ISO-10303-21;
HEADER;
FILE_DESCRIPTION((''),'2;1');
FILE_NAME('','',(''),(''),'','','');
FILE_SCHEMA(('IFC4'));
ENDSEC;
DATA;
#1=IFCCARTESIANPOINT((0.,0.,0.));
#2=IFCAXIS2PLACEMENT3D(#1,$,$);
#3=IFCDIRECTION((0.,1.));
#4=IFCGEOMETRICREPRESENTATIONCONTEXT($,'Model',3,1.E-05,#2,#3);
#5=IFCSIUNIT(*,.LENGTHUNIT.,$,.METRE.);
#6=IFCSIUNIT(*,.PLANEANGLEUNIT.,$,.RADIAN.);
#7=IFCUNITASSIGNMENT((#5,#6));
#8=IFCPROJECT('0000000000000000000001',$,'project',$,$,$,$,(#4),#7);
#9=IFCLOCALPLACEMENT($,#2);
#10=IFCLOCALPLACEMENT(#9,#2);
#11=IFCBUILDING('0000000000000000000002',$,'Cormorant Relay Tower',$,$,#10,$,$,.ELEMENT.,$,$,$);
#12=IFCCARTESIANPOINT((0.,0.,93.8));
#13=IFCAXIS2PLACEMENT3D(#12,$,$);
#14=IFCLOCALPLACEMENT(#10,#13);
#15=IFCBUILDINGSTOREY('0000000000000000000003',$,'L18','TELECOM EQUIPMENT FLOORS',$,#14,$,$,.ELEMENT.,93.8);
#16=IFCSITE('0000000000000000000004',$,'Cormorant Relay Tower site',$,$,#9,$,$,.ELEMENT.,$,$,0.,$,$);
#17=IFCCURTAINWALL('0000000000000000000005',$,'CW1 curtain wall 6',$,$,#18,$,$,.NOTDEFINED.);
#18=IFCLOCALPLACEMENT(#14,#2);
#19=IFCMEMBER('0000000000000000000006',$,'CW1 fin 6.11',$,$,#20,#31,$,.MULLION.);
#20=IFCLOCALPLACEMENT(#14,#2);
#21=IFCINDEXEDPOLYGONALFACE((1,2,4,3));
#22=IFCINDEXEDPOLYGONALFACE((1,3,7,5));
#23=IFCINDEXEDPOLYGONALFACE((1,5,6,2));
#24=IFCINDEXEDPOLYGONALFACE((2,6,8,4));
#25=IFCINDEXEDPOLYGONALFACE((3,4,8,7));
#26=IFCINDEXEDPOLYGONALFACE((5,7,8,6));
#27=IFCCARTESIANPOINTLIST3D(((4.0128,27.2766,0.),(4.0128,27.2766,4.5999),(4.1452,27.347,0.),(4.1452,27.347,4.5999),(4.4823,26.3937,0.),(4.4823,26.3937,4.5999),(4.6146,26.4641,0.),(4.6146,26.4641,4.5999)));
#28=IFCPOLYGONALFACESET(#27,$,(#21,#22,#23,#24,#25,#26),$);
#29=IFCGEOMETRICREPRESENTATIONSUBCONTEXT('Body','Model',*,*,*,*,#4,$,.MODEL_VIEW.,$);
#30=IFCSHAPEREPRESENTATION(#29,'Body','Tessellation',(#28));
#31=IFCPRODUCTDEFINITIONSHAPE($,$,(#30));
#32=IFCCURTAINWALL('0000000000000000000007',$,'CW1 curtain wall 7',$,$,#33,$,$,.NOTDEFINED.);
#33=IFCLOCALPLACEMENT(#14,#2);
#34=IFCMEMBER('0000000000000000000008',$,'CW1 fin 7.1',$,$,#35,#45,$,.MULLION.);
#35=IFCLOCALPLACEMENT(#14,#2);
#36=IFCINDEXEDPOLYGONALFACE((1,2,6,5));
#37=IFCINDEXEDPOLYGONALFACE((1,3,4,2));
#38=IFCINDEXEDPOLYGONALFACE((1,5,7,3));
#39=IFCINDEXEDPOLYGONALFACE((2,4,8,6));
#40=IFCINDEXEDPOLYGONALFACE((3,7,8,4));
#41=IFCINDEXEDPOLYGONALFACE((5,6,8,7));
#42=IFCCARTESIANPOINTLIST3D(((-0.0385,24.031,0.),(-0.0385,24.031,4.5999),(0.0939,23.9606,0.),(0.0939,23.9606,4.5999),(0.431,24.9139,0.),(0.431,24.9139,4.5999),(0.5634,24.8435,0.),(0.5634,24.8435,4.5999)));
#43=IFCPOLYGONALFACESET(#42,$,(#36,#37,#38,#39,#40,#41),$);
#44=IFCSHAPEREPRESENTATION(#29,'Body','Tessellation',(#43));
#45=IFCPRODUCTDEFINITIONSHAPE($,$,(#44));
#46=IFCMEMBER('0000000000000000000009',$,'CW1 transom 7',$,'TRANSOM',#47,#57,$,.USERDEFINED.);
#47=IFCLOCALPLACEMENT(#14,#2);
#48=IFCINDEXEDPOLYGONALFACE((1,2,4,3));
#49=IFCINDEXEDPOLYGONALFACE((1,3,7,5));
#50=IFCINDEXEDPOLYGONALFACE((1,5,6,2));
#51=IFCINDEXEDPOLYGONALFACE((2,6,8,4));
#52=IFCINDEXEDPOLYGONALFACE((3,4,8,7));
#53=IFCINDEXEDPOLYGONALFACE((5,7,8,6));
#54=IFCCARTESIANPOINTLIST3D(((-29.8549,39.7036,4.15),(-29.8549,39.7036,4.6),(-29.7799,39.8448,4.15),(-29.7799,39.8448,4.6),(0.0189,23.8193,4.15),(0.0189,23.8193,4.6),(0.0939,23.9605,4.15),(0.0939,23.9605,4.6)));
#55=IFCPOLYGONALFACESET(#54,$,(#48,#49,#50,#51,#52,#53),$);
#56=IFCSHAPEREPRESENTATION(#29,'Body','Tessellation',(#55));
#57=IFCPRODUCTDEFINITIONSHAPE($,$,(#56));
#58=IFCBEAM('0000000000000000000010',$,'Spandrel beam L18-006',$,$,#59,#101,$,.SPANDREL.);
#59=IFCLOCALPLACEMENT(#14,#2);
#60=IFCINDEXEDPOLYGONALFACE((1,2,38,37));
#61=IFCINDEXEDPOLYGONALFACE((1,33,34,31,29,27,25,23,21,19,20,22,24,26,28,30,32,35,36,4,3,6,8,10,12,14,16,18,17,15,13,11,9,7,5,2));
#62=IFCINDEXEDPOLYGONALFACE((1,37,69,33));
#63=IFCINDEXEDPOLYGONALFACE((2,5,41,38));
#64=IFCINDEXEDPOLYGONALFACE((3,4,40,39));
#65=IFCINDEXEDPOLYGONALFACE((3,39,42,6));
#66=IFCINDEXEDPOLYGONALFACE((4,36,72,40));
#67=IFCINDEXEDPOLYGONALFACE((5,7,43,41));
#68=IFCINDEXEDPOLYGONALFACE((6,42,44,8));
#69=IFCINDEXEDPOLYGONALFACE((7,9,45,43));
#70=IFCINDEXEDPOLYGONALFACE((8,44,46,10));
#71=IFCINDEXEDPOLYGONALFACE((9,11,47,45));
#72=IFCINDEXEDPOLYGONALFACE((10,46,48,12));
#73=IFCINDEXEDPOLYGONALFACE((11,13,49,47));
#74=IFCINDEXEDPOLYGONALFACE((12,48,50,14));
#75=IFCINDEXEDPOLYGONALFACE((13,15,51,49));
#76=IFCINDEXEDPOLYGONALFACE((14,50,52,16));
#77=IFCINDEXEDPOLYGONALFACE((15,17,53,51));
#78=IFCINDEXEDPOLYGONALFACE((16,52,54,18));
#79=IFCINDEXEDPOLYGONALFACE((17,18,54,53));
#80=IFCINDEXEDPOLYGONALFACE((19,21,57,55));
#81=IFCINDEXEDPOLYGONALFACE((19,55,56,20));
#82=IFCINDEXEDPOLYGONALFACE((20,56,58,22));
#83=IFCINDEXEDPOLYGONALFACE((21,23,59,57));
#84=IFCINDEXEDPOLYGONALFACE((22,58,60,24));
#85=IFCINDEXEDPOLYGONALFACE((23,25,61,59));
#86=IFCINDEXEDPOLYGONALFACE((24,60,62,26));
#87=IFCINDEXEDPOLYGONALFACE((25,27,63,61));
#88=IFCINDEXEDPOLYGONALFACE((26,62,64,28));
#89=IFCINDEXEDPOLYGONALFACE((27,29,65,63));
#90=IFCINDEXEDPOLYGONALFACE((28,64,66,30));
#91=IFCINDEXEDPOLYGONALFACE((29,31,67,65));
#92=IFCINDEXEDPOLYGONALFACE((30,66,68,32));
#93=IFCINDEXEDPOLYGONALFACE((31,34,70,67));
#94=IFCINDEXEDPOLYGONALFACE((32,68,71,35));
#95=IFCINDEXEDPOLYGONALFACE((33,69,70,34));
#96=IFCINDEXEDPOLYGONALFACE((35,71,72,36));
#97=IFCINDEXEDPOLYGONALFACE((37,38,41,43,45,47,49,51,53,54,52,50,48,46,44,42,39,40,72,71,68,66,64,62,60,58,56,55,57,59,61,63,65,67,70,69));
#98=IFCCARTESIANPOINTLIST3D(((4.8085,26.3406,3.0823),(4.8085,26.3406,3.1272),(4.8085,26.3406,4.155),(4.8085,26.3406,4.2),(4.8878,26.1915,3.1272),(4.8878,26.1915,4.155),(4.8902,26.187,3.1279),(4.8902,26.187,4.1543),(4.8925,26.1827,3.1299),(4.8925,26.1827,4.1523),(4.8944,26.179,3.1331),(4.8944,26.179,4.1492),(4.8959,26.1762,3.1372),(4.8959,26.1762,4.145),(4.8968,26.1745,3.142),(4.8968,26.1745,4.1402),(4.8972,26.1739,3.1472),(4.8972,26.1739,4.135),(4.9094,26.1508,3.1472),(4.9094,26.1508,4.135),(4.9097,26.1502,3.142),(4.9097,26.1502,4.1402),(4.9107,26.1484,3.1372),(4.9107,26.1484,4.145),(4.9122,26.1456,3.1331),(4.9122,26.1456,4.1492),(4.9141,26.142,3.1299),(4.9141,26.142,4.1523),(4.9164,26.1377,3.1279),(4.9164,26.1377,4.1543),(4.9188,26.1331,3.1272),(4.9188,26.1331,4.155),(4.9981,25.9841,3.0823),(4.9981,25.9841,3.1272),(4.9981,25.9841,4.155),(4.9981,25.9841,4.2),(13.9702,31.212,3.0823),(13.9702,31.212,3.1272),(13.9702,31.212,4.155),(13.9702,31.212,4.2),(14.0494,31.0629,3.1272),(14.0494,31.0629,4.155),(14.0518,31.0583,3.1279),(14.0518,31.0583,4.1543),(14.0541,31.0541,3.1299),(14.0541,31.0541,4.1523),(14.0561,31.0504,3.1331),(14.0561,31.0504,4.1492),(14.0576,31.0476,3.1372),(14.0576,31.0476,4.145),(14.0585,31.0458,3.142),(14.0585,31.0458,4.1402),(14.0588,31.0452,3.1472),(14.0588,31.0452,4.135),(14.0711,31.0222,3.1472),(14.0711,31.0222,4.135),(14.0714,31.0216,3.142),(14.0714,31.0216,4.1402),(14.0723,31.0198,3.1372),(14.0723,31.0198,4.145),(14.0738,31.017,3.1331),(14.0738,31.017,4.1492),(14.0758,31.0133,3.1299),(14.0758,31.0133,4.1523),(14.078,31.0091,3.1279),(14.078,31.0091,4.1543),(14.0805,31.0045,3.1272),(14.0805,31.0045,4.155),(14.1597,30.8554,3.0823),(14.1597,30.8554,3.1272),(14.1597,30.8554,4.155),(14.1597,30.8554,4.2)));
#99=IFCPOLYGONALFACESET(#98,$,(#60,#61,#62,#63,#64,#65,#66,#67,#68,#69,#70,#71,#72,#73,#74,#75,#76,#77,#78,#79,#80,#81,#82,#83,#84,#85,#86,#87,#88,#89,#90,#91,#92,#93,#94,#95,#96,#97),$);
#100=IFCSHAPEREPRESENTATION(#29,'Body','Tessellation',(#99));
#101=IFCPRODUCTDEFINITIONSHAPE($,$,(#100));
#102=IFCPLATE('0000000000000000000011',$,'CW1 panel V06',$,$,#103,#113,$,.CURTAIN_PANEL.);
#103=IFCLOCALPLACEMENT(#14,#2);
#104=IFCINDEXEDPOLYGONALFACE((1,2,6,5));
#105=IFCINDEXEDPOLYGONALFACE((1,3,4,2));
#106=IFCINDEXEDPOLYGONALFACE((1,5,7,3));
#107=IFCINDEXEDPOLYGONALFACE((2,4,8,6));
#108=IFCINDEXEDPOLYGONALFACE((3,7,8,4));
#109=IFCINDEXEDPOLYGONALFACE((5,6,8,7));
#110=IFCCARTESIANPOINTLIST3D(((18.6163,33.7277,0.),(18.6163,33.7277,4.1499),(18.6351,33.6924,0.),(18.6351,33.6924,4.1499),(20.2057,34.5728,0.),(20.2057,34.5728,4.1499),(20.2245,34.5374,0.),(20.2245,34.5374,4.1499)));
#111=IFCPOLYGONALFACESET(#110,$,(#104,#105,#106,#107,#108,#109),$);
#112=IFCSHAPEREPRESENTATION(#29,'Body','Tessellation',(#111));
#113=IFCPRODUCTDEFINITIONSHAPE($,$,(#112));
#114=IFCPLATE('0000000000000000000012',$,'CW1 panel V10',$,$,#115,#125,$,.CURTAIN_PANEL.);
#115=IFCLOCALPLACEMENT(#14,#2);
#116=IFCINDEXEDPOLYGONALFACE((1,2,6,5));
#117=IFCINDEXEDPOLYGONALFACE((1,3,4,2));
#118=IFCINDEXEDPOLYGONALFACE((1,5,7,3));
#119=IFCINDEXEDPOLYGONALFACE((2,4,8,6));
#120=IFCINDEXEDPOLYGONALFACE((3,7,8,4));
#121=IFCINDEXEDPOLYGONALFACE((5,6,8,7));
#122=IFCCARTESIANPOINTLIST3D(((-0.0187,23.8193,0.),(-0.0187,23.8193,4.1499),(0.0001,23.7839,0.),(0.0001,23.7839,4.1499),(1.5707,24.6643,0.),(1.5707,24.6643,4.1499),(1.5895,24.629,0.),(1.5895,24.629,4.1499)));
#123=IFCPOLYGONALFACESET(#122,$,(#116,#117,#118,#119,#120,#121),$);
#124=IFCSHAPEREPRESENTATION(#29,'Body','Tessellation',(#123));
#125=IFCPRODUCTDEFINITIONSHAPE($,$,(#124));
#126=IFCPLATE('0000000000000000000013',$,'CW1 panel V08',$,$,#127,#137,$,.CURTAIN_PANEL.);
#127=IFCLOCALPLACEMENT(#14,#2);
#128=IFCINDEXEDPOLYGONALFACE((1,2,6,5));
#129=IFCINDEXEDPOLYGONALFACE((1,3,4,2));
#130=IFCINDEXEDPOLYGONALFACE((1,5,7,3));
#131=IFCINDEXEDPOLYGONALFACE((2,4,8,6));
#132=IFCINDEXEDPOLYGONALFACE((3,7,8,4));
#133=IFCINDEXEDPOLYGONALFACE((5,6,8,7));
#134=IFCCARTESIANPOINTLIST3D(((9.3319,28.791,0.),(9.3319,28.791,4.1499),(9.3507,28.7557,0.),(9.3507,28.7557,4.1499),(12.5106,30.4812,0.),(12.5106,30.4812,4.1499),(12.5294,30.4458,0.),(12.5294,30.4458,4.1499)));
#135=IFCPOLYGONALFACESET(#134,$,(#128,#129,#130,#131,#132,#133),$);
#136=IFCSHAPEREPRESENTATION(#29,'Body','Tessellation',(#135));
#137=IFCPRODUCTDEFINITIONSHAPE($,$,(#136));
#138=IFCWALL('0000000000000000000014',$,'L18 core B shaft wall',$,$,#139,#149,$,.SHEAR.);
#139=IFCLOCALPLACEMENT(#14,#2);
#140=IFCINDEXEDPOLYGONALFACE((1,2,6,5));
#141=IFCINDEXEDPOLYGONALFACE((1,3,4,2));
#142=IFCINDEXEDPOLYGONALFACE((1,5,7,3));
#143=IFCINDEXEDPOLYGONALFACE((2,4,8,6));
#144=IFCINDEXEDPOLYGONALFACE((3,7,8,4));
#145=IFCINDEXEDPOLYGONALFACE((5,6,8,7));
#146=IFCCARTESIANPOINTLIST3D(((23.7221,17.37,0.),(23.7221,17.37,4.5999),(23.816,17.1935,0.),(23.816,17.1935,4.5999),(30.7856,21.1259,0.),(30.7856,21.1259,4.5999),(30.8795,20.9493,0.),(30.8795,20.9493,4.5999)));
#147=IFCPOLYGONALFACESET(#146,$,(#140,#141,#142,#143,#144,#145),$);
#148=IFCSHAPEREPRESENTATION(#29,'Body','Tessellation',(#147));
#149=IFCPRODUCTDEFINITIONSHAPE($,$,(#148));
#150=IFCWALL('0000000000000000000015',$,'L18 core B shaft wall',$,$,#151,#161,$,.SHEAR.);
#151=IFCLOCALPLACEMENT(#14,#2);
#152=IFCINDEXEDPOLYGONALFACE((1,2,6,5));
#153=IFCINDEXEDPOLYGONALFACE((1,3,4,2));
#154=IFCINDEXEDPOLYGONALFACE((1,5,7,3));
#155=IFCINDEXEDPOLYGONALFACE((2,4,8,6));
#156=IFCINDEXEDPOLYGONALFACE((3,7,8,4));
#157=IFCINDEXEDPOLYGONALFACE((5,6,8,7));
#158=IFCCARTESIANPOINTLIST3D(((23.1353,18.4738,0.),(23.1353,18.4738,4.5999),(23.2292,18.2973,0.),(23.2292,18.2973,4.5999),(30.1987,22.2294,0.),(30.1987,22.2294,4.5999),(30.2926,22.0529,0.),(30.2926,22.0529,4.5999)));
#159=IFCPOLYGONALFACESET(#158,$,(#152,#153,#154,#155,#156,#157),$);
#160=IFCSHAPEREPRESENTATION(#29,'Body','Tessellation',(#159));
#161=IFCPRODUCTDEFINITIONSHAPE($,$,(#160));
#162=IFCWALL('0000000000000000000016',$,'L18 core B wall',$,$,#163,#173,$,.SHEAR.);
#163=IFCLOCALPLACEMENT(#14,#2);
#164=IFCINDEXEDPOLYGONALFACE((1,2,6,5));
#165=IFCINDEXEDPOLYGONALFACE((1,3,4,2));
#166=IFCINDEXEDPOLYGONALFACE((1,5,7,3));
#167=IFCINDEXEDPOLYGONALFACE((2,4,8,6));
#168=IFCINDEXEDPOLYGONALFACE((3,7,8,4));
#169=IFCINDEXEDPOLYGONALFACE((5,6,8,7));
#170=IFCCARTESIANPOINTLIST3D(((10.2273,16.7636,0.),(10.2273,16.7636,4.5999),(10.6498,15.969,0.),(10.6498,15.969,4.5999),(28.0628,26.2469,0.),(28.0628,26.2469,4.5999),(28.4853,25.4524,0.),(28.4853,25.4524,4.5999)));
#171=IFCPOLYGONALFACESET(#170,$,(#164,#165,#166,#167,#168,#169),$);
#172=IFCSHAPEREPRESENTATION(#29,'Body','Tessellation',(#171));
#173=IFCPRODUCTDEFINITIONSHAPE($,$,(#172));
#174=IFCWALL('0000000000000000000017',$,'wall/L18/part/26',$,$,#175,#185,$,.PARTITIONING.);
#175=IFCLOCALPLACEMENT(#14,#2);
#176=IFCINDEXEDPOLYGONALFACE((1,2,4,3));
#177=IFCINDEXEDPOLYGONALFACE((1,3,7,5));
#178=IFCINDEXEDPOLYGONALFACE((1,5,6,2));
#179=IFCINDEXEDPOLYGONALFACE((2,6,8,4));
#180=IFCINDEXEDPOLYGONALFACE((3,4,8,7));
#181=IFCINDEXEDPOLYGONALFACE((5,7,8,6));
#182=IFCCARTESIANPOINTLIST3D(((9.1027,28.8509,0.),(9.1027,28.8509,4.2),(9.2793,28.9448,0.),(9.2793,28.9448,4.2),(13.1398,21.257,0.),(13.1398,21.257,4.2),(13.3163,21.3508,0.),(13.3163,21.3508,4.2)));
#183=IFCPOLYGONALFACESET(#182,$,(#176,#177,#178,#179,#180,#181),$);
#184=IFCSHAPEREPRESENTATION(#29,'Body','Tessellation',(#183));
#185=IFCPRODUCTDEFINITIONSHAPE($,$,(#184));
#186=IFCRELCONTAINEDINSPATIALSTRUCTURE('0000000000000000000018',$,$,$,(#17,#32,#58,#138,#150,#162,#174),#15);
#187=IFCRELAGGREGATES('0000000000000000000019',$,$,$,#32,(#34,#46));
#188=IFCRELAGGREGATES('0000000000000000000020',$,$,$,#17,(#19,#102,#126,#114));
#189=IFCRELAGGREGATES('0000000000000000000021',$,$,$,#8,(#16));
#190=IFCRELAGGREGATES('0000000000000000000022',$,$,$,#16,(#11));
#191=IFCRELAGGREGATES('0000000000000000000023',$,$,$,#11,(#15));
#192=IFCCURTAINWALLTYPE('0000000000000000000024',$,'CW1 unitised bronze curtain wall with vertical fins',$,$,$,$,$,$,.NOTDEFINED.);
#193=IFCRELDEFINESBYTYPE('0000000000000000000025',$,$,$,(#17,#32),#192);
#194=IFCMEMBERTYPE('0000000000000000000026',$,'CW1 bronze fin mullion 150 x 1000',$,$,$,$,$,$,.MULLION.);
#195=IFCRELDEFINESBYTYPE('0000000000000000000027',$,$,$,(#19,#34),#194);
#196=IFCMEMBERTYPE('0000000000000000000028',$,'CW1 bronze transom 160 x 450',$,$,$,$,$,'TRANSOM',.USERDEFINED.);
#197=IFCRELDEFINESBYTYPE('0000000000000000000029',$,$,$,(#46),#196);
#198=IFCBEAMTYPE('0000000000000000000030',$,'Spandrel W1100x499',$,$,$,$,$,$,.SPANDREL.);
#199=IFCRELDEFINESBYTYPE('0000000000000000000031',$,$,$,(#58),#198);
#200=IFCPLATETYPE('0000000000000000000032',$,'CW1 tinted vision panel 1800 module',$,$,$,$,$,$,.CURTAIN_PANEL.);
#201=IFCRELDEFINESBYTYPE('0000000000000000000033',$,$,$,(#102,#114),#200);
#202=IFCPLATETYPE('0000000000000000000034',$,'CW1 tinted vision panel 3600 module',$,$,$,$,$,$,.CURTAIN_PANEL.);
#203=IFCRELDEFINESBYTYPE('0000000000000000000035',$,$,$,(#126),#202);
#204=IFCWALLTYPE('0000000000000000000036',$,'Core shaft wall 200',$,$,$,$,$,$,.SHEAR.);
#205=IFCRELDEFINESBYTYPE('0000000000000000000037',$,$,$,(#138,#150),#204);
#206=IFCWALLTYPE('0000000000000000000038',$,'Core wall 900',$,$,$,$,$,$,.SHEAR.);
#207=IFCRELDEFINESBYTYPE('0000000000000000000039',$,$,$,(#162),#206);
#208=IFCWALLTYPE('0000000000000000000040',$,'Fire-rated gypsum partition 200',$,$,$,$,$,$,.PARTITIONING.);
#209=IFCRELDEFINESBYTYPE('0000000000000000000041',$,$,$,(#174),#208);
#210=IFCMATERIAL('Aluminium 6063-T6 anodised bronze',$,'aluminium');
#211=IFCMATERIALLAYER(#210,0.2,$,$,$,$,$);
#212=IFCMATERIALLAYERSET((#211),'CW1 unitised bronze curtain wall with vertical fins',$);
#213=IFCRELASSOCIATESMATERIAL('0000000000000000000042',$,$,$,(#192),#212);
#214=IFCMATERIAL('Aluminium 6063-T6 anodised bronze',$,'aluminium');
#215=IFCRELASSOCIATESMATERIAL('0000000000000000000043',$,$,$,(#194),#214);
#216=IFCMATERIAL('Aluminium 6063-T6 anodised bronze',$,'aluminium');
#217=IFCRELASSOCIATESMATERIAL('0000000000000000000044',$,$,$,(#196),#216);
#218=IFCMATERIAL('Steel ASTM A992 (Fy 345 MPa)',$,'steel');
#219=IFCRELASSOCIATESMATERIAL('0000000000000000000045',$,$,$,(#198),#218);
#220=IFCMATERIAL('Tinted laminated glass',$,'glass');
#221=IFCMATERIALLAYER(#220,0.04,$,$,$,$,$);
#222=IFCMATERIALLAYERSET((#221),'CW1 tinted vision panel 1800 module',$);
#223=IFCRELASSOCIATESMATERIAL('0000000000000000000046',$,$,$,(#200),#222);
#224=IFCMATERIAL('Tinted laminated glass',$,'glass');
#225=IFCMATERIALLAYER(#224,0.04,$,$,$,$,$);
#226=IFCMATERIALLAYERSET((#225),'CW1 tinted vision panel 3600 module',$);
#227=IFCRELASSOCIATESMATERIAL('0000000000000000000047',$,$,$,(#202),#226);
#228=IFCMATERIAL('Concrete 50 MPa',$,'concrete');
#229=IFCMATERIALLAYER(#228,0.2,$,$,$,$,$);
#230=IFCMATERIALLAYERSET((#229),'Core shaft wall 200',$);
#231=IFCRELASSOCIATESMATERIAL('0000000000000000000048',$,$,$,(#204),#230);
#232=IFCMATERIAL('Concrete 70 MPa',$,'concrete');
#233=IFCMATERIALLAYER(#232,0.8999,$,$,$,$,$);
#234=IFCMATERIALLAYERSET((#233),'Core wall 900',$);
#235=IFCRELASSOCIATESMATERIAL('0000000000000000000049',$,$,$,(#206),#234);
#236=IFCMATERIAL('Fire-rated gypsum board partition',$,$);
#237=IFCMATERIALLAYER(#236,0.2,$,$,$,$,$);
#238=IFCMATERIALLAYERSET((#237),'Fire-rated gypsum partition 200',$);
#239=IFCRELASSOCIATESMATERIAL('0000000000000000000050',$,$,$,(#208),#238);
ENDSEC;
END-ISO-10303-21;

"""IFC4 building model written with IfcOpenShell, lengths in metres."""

from ifc_helpers import new_model, si_unit, direction, frame, frame_2d, origin, origin_2d, place, context, subcontext, project, spatial, rectangle, i_section, extrude, material, layer, layer_set, material_profile, profile_set, type_object, element, aggregate, save


model = new_model("IFC4")

# Units and contexts
model_context = context("Model", 3, precision=1e-05, world=origin(), true_north=direction((0.0, 1.0)))
body_context = subcontext(model_context, "Body", "Model", "MODEL_VIEW")
ifc_project = project(units=[si_unit("LENGTHUNIT", "METRE"), si_unit("PLANEANGLEUNIT", "RADIAN")], contexts=[model_context])

# Site, building, storey
site_placement = place(None, origin())
site = spatial("IfcSite", under=ifc_project, at=site_placement, Name="Cormorant Relay Tower site", CompositionType="ELEMENT", RefElevation=0.0)
building_placement = place(site_placement, origin())
building = spatial("IfcBuilding", under=site, at=building_placement, Name="Cormorant Relay Tower", CompositionType="ELEMENT")
storey_placement = place(building_placement, frame((0.0, 0.0, 93.8)))
storey = spatial("IfcBuildingStorey", under=building, at=storey_placement, Name="L18", Description="TELECOM EQUIPMENT FLOORS", CompositionType="ELEMENT", Elevation=93.8)

# Curtain walls, members
ifc_material_1 = material(Name="Aluminium 6063-T6 anodised bronze", Category="aluminium")
ifc_layer_1 = layer(ifc_material_1, 0.2)
ifc_layer_set_1 = layer_set([ifc_layer_1], Name="CW1 unitised bronze curtain wall with vertical fins")
curtain_wall_type = type_object("IfcCurtainWallType", Name="CW1 unitised bronze curtain wall with vertical fins", PredefinedType="NOTDEFINED", material=ifc_layer_set_1)
curtain_wall_1_placement = place(storey_placement, origin())
curtain_wall_1 = element("IfcCurtainWall", 1, at=curtain_wall_1_placement, inside=storey, type_object=curtain_wall_type, Name="CW1 curtain wall 6", PredefinedType="NOTDEFINED")
ifc_material_2 = material(Name="Aluminium 6063-T6 anodised bronze", Category="aluminium")
ifc_material_profile_1 = material_profile(ifc_material_2, rectangle(XDim=0.1499, YDim=1.0, at=origin_2d()), Name="AL 150x1000")
ifc_profile_set_1 = profile_set([ifc_material_profile_1], Name="Aluminium 6063-T6 anodised bronze")
member_type_1 = type_object("IfcMemberType", Name="CW1 bronze fin mullion 150 x 1000", PredefinedType="MULLION", material=ifc_profile_set_1)
member_1_placement = place(storey_placement, frame((4.3137, 26.8704, 0.0), z_axis=(0.0, 0.0, 1.0), x_axis=(-0.882948, -0.469472, 0.0)))
member_1 = element("IfcMember", 2, at=member_1_placement, type_object=member_type_1, Name="CW1 fin 6.11", PredefinedType="MULLION", context=body_context, shape_type="SweptSolid", body=[
    extrude(rectangle(XDim=0.1499, YDim=1.0, at=origin_2d()), origin(), (0.0, 0.0, 1.0), 4.5999),
])
curtain_wall_2_placement = place(storey_placement, origin())
curtain_wall_2 = element("IfcCurtainWall", 3, at=curtain_wall_2_placement, inside=storey, type_object=curtain_wall_type, Name="CW1 curtain wall 7", PredefinedType="NOTDEFINED")
member_2_placement = place(storey_placement, frame((0.2625, 24.4373, 0.0), z_axis=(0.0, 0.0, 1.0), x_axis=(-0.882948, 0.469472, 0.0)))
member_2 = element("IfcMember", 4, at=member_2_placement, type_object=member_type_1, Name="CW1 fin 7.1", PredefinedType="MULLION", context=body_context, shape_type="SweptSolid", body=[
    extrude(rectangle(XDim=0.1499, YDim=1.0, at=origin_2d()), origin(), (0.0, 0.0, 1.0), 4.5999),
])
ifc_material_3 = material(Name="Aluminium 6063-T6 anodised bronze", Category="aluminium")
ifc_material_profile_2 = material_profile(ifc_material_3, rectangle(XDim=0.1599, YDim=0.45, at=origin_2d()), Name="AL 160x450")
ifc_profile_set_2 = profile_set([ifc_material_profile_2], Name="Aluminium 6063-T6 anodised bronze")
member_type_2 = type_object("IfcMemberType", Name="CW1 bronze transom 160 x 450", ElementType="TRANSOM", PredefinedType="USERDEFINED", material=ifc_profile_set_2)
member_3_placement = place(storey_placement, frame((0.0564, 23.8899, 4.375), z_axis=(-0.882946, 0.469474, 0.0), x_axis=(-0.469474, -0.882946, 0.0)))
member_3 = element("IfcMember", 5, at=member_3_placement, type_object=member_type_2, Name="CW1 transom 7", ObjectType="TRANSOM", PredefinedType="USERDEFINED", context=body_context, shape_type="SweptSolid", body=[
    extrude(rectangle(XDim=0.1599, YDim=0.45, at=origin_2d()), origin(), (0.0, 0.0, 1.0), 33.8342),
])
aggregate(curtain_wall_2, [member_2, member_3])

# Beam
ifc_material_4 = material(Name="Steel ASTM A992 (Fy 345 MPa)", Category="steel")
ifc_material_profile_3 = material_profile(ifc_material_4, i_section(OverallWidth=0.4038, OverallDepth=1.1177, WebThickness=0.0261, FlangeThickness=0.0449, FilletRadius=0.02, at=origin_2d()), Name="W1100x499")
ifc_profile_set_3 = profile_set([ifc_material_profile_3], Name="Steel ASTM A992 (Fy 345 MPa)")
beam_type = type_object("IfcBeamType", Name="Spandrel W1100x499", PredefinedType="SPANDREL", material=ifc_profile_set_3)
beam_placement = place(storey_placement, frame((14.0649, 31.0337, 3.6411), z_axis=(-0.882947, -0.469473, 0.0), x_axis=(0.469473, -0.882947, 0.0)))
element("IfcBeam", 6, at=beam_placement, inside=storey, type_object=beam_type, Name="Spandrel beam L18-006", PredefinedType="SPANDREL", context=body_context, shape_type="SweptSolid", body=[
    extrude(i_section(OverallWidth=0.4038, OverallDepth=1.1177, WebThickness=0.0261, FlangeThickness=0.0449, FilletRadius=0.02, at=origin_2d()), origin(), (0.0, 0.0, 1.0), 10.3762),
])

# Plates
ifc_material_5 = material(Name="Tinted laminated glass", Category="glass")
ifc_layer_2 = layer(ifc_material_5, 0.04)
ifc_layer_set_2 = layer_set([ifc_layer_2], Name="CW1 tinted vision panel 1800 module")
plate_type_1 = type_object("IfcPlateType", Name="CW1 tinted vision panel 1800 module", PredefinedType="CURTAIN_PANEL", material=ifc_layer_set_2)
plate_1_placement = place(storey_placement, frame((19.4204, 34.1326, 0.0), z_axis=(0.0, 0.0, 1.0), x_axis=(-0.882948, -0.469472, 0.0)))
plate_1 = element("IfcPlate", 7, at=plate_1_placement, type_object=plate_type_1, Name="CW1 panel V06", PredefinedType="CURTAIN_PANEL", context=body_context, shape_type="SweptSolid", body=[
    extrude(rectangle(XDim=1.8, YDim=0.04, at=origin_2d()), origin(), (0.0, 0.0, 1.0), 4.1499),
])
plate_2_placement = place(storey_placement, frame((0.7854, 24.2241, 0.0), z_axis=(0.0, 0.0, 1.0), x_axis=(-0.882948, -0.469472, 0.0)))
plate_2 = element("IfcPlate", 8, at=plate_2_placement, type_object=plate_type_1, Name="CW1 panel V10", PredefinedType="CURTAIN_PANEL", context=body_context, shape_type="SweptSolid", body=[
    extrude(rectangle(XDim=1.8, YDim=0.04, at=origin_2d()), origin(), (0.0, 0.0, 1.0), 4.1499),
])
ifc_material_6 = material(Name="Tinted laminated glass", Category="glass")
ifc_layer_3 = layer(ifc_material_6, 0.04)
ifc_layer_set_3 = layer_set([ifc_layer_3], Name="CW1 tinted vision panel 3600 module")
plate_type_2 = type_object("IfcPlateType", Name="CW1 tinted vision panel 3600 module", PredefinedType="CURTAIN_PANEL", material=ifc_layer_set_3)
plate_3_placement = place(storey_placement, frame((10.9307, 29.6184, 0.0), z_axis=(0.0, 0.0, 1.0), x_axis=(-0.882948, -0.469472, 0.0)))
plate_3 = element("IfcPlate", 9, at=plate_3_placement, type_object=plate_type_2, Name="CW1 panel V08", PredefinedType="CURTAIN_PANEL", context=body_context, shape_type="SweptSolid", body=[
    extrude(rectangle(XDim=3.6001, YDim=0.04, at=origin_2d()), origin(), (0.0, 0.0, 1.0), 4.1499),
])

# Walls
ifc_material_7 = material(Name="Concrete 50 MPa", Category="concrete")
ifc_layer_4 = layer(ifc_material_7, 0.2)
ifc_layer_set_4 = layer_set([ifc_layer_4], Name="Core shaft wall 200")
wall_type_1 = type_object("IfcWallType", Name="Core shaft wall 200", PredefinedType="SHEAR", material=ifc_layer_set_4)
wall_1_placement = place(storey_placement, frame((23.769, 17.2817, 0.0), z_axis=(0.0, 0.0, 1.0), x_axis=(0.88294, 0.469485, 0.0)))
element("IfcWall", 10, at=wall_1_placement, inside=storey, type_object=wall_type_1, Name="L18 core B shaft wall", PredefinedType="SHEAR", context=body_context, shape_type="SweptSolid", body=[
    extrude(rectangle(XDim=8.0, YDim=0.2, at=frame_2d((4.0, 0.0))), origin(), (0.0, 0.0, 1.0), 4.5999),
])
wall_2_placement = place(storey_placement, frame((23.1821, 18.3855, 0.0), z_axis=(0.0, 0.0, 1.0), x_axis=(0.882953, 0.469462, 0.0)))
element("IfcWall", 11, at=wall_2_placement, inside=storey, type_object=wall_type_1, Name="L18 core B shaft wall", PredefinedType="SHEAR", context=body_context, shape_type="SweptSolid", body=[
    extrude(rectangle(XDim=7.9998, YDim=0.2, at=frame_2d((4.0, 0.0))), origin(), (0.0, 0.0, 1.0), 4.5999),
])
ifc_material_8 = material(Name="Concrete 70 MPa", Category="concrete")
ifc_layer_5 = layer(ifc_material_8, 0.8999)
ifc_layer_set_5 = layer_set([ifc_layer_5], Name="Core wall 900")
wall_type_2 = type_object("IfcWallType", Name="Core wall 900", PredefinedType="SHEAR", material=ifc_layer_set_5)
wall_3_placement = place(storey_placement, frame((10.4385, 16.3662, 0.0), z_axis=(0.0, 0.0, 1.0), x_axis=(0.882945, 0.469476, 0.0)))
element("IfcWall", 12, at=wall_3_placement, inside=storey, type_object=wall_type_2, Name="L18 core B wall", PredefinedType="SHEAR", context=body_context, shape_type="SweptSolid", body=[
    extrude(rectangle(XDim=20.2, YDim=0.8999, at=frame_2d((10.1001, 0.0))), origin(), (0.0, 0.0, 1.0), 4.5999),
])
ifc_material_9 = material(Name="Fire-rated gypsum board partition")
ifc_layer_6 = layer(ifc_material_9, 0.2)
ifc_layer_set_6 = layer_set([ifc_layer_6], Name="Fire-rated gypsum partition 200")
wall_type_3 = type_object("IfcWallType", Name="Fire-rated gypsum partition 200", PredefinedType="PARTITIONING", material=ifc_layer_set_6)
wall_4_placement = place(storey_placement, frame((9.1909, 28.8979, 0.0), z_axis=(0.0, 0.0, 1.0), x_axis=(0.469409, -0.882981, 0.0)))
element("IfcWall", 13, at=wall_4_placement, inside=storey, type_object=wall_type_3, Name="wall/L18/part/26", PredefinedType="PARTITIONING", context=body_context, shape_type="SweptSolid", body=[
    extrude(rectangle(XDim=8.6003, YDim=0.2, at=frame_2d((4.3003, 0.0))), origin(), (0.0, 0.0, 1.0), 4.2),
])

aggregate(curtain_wall_1, [member_1, plate_1, plate_3, plate_2])

save(model, "model.ifc")
